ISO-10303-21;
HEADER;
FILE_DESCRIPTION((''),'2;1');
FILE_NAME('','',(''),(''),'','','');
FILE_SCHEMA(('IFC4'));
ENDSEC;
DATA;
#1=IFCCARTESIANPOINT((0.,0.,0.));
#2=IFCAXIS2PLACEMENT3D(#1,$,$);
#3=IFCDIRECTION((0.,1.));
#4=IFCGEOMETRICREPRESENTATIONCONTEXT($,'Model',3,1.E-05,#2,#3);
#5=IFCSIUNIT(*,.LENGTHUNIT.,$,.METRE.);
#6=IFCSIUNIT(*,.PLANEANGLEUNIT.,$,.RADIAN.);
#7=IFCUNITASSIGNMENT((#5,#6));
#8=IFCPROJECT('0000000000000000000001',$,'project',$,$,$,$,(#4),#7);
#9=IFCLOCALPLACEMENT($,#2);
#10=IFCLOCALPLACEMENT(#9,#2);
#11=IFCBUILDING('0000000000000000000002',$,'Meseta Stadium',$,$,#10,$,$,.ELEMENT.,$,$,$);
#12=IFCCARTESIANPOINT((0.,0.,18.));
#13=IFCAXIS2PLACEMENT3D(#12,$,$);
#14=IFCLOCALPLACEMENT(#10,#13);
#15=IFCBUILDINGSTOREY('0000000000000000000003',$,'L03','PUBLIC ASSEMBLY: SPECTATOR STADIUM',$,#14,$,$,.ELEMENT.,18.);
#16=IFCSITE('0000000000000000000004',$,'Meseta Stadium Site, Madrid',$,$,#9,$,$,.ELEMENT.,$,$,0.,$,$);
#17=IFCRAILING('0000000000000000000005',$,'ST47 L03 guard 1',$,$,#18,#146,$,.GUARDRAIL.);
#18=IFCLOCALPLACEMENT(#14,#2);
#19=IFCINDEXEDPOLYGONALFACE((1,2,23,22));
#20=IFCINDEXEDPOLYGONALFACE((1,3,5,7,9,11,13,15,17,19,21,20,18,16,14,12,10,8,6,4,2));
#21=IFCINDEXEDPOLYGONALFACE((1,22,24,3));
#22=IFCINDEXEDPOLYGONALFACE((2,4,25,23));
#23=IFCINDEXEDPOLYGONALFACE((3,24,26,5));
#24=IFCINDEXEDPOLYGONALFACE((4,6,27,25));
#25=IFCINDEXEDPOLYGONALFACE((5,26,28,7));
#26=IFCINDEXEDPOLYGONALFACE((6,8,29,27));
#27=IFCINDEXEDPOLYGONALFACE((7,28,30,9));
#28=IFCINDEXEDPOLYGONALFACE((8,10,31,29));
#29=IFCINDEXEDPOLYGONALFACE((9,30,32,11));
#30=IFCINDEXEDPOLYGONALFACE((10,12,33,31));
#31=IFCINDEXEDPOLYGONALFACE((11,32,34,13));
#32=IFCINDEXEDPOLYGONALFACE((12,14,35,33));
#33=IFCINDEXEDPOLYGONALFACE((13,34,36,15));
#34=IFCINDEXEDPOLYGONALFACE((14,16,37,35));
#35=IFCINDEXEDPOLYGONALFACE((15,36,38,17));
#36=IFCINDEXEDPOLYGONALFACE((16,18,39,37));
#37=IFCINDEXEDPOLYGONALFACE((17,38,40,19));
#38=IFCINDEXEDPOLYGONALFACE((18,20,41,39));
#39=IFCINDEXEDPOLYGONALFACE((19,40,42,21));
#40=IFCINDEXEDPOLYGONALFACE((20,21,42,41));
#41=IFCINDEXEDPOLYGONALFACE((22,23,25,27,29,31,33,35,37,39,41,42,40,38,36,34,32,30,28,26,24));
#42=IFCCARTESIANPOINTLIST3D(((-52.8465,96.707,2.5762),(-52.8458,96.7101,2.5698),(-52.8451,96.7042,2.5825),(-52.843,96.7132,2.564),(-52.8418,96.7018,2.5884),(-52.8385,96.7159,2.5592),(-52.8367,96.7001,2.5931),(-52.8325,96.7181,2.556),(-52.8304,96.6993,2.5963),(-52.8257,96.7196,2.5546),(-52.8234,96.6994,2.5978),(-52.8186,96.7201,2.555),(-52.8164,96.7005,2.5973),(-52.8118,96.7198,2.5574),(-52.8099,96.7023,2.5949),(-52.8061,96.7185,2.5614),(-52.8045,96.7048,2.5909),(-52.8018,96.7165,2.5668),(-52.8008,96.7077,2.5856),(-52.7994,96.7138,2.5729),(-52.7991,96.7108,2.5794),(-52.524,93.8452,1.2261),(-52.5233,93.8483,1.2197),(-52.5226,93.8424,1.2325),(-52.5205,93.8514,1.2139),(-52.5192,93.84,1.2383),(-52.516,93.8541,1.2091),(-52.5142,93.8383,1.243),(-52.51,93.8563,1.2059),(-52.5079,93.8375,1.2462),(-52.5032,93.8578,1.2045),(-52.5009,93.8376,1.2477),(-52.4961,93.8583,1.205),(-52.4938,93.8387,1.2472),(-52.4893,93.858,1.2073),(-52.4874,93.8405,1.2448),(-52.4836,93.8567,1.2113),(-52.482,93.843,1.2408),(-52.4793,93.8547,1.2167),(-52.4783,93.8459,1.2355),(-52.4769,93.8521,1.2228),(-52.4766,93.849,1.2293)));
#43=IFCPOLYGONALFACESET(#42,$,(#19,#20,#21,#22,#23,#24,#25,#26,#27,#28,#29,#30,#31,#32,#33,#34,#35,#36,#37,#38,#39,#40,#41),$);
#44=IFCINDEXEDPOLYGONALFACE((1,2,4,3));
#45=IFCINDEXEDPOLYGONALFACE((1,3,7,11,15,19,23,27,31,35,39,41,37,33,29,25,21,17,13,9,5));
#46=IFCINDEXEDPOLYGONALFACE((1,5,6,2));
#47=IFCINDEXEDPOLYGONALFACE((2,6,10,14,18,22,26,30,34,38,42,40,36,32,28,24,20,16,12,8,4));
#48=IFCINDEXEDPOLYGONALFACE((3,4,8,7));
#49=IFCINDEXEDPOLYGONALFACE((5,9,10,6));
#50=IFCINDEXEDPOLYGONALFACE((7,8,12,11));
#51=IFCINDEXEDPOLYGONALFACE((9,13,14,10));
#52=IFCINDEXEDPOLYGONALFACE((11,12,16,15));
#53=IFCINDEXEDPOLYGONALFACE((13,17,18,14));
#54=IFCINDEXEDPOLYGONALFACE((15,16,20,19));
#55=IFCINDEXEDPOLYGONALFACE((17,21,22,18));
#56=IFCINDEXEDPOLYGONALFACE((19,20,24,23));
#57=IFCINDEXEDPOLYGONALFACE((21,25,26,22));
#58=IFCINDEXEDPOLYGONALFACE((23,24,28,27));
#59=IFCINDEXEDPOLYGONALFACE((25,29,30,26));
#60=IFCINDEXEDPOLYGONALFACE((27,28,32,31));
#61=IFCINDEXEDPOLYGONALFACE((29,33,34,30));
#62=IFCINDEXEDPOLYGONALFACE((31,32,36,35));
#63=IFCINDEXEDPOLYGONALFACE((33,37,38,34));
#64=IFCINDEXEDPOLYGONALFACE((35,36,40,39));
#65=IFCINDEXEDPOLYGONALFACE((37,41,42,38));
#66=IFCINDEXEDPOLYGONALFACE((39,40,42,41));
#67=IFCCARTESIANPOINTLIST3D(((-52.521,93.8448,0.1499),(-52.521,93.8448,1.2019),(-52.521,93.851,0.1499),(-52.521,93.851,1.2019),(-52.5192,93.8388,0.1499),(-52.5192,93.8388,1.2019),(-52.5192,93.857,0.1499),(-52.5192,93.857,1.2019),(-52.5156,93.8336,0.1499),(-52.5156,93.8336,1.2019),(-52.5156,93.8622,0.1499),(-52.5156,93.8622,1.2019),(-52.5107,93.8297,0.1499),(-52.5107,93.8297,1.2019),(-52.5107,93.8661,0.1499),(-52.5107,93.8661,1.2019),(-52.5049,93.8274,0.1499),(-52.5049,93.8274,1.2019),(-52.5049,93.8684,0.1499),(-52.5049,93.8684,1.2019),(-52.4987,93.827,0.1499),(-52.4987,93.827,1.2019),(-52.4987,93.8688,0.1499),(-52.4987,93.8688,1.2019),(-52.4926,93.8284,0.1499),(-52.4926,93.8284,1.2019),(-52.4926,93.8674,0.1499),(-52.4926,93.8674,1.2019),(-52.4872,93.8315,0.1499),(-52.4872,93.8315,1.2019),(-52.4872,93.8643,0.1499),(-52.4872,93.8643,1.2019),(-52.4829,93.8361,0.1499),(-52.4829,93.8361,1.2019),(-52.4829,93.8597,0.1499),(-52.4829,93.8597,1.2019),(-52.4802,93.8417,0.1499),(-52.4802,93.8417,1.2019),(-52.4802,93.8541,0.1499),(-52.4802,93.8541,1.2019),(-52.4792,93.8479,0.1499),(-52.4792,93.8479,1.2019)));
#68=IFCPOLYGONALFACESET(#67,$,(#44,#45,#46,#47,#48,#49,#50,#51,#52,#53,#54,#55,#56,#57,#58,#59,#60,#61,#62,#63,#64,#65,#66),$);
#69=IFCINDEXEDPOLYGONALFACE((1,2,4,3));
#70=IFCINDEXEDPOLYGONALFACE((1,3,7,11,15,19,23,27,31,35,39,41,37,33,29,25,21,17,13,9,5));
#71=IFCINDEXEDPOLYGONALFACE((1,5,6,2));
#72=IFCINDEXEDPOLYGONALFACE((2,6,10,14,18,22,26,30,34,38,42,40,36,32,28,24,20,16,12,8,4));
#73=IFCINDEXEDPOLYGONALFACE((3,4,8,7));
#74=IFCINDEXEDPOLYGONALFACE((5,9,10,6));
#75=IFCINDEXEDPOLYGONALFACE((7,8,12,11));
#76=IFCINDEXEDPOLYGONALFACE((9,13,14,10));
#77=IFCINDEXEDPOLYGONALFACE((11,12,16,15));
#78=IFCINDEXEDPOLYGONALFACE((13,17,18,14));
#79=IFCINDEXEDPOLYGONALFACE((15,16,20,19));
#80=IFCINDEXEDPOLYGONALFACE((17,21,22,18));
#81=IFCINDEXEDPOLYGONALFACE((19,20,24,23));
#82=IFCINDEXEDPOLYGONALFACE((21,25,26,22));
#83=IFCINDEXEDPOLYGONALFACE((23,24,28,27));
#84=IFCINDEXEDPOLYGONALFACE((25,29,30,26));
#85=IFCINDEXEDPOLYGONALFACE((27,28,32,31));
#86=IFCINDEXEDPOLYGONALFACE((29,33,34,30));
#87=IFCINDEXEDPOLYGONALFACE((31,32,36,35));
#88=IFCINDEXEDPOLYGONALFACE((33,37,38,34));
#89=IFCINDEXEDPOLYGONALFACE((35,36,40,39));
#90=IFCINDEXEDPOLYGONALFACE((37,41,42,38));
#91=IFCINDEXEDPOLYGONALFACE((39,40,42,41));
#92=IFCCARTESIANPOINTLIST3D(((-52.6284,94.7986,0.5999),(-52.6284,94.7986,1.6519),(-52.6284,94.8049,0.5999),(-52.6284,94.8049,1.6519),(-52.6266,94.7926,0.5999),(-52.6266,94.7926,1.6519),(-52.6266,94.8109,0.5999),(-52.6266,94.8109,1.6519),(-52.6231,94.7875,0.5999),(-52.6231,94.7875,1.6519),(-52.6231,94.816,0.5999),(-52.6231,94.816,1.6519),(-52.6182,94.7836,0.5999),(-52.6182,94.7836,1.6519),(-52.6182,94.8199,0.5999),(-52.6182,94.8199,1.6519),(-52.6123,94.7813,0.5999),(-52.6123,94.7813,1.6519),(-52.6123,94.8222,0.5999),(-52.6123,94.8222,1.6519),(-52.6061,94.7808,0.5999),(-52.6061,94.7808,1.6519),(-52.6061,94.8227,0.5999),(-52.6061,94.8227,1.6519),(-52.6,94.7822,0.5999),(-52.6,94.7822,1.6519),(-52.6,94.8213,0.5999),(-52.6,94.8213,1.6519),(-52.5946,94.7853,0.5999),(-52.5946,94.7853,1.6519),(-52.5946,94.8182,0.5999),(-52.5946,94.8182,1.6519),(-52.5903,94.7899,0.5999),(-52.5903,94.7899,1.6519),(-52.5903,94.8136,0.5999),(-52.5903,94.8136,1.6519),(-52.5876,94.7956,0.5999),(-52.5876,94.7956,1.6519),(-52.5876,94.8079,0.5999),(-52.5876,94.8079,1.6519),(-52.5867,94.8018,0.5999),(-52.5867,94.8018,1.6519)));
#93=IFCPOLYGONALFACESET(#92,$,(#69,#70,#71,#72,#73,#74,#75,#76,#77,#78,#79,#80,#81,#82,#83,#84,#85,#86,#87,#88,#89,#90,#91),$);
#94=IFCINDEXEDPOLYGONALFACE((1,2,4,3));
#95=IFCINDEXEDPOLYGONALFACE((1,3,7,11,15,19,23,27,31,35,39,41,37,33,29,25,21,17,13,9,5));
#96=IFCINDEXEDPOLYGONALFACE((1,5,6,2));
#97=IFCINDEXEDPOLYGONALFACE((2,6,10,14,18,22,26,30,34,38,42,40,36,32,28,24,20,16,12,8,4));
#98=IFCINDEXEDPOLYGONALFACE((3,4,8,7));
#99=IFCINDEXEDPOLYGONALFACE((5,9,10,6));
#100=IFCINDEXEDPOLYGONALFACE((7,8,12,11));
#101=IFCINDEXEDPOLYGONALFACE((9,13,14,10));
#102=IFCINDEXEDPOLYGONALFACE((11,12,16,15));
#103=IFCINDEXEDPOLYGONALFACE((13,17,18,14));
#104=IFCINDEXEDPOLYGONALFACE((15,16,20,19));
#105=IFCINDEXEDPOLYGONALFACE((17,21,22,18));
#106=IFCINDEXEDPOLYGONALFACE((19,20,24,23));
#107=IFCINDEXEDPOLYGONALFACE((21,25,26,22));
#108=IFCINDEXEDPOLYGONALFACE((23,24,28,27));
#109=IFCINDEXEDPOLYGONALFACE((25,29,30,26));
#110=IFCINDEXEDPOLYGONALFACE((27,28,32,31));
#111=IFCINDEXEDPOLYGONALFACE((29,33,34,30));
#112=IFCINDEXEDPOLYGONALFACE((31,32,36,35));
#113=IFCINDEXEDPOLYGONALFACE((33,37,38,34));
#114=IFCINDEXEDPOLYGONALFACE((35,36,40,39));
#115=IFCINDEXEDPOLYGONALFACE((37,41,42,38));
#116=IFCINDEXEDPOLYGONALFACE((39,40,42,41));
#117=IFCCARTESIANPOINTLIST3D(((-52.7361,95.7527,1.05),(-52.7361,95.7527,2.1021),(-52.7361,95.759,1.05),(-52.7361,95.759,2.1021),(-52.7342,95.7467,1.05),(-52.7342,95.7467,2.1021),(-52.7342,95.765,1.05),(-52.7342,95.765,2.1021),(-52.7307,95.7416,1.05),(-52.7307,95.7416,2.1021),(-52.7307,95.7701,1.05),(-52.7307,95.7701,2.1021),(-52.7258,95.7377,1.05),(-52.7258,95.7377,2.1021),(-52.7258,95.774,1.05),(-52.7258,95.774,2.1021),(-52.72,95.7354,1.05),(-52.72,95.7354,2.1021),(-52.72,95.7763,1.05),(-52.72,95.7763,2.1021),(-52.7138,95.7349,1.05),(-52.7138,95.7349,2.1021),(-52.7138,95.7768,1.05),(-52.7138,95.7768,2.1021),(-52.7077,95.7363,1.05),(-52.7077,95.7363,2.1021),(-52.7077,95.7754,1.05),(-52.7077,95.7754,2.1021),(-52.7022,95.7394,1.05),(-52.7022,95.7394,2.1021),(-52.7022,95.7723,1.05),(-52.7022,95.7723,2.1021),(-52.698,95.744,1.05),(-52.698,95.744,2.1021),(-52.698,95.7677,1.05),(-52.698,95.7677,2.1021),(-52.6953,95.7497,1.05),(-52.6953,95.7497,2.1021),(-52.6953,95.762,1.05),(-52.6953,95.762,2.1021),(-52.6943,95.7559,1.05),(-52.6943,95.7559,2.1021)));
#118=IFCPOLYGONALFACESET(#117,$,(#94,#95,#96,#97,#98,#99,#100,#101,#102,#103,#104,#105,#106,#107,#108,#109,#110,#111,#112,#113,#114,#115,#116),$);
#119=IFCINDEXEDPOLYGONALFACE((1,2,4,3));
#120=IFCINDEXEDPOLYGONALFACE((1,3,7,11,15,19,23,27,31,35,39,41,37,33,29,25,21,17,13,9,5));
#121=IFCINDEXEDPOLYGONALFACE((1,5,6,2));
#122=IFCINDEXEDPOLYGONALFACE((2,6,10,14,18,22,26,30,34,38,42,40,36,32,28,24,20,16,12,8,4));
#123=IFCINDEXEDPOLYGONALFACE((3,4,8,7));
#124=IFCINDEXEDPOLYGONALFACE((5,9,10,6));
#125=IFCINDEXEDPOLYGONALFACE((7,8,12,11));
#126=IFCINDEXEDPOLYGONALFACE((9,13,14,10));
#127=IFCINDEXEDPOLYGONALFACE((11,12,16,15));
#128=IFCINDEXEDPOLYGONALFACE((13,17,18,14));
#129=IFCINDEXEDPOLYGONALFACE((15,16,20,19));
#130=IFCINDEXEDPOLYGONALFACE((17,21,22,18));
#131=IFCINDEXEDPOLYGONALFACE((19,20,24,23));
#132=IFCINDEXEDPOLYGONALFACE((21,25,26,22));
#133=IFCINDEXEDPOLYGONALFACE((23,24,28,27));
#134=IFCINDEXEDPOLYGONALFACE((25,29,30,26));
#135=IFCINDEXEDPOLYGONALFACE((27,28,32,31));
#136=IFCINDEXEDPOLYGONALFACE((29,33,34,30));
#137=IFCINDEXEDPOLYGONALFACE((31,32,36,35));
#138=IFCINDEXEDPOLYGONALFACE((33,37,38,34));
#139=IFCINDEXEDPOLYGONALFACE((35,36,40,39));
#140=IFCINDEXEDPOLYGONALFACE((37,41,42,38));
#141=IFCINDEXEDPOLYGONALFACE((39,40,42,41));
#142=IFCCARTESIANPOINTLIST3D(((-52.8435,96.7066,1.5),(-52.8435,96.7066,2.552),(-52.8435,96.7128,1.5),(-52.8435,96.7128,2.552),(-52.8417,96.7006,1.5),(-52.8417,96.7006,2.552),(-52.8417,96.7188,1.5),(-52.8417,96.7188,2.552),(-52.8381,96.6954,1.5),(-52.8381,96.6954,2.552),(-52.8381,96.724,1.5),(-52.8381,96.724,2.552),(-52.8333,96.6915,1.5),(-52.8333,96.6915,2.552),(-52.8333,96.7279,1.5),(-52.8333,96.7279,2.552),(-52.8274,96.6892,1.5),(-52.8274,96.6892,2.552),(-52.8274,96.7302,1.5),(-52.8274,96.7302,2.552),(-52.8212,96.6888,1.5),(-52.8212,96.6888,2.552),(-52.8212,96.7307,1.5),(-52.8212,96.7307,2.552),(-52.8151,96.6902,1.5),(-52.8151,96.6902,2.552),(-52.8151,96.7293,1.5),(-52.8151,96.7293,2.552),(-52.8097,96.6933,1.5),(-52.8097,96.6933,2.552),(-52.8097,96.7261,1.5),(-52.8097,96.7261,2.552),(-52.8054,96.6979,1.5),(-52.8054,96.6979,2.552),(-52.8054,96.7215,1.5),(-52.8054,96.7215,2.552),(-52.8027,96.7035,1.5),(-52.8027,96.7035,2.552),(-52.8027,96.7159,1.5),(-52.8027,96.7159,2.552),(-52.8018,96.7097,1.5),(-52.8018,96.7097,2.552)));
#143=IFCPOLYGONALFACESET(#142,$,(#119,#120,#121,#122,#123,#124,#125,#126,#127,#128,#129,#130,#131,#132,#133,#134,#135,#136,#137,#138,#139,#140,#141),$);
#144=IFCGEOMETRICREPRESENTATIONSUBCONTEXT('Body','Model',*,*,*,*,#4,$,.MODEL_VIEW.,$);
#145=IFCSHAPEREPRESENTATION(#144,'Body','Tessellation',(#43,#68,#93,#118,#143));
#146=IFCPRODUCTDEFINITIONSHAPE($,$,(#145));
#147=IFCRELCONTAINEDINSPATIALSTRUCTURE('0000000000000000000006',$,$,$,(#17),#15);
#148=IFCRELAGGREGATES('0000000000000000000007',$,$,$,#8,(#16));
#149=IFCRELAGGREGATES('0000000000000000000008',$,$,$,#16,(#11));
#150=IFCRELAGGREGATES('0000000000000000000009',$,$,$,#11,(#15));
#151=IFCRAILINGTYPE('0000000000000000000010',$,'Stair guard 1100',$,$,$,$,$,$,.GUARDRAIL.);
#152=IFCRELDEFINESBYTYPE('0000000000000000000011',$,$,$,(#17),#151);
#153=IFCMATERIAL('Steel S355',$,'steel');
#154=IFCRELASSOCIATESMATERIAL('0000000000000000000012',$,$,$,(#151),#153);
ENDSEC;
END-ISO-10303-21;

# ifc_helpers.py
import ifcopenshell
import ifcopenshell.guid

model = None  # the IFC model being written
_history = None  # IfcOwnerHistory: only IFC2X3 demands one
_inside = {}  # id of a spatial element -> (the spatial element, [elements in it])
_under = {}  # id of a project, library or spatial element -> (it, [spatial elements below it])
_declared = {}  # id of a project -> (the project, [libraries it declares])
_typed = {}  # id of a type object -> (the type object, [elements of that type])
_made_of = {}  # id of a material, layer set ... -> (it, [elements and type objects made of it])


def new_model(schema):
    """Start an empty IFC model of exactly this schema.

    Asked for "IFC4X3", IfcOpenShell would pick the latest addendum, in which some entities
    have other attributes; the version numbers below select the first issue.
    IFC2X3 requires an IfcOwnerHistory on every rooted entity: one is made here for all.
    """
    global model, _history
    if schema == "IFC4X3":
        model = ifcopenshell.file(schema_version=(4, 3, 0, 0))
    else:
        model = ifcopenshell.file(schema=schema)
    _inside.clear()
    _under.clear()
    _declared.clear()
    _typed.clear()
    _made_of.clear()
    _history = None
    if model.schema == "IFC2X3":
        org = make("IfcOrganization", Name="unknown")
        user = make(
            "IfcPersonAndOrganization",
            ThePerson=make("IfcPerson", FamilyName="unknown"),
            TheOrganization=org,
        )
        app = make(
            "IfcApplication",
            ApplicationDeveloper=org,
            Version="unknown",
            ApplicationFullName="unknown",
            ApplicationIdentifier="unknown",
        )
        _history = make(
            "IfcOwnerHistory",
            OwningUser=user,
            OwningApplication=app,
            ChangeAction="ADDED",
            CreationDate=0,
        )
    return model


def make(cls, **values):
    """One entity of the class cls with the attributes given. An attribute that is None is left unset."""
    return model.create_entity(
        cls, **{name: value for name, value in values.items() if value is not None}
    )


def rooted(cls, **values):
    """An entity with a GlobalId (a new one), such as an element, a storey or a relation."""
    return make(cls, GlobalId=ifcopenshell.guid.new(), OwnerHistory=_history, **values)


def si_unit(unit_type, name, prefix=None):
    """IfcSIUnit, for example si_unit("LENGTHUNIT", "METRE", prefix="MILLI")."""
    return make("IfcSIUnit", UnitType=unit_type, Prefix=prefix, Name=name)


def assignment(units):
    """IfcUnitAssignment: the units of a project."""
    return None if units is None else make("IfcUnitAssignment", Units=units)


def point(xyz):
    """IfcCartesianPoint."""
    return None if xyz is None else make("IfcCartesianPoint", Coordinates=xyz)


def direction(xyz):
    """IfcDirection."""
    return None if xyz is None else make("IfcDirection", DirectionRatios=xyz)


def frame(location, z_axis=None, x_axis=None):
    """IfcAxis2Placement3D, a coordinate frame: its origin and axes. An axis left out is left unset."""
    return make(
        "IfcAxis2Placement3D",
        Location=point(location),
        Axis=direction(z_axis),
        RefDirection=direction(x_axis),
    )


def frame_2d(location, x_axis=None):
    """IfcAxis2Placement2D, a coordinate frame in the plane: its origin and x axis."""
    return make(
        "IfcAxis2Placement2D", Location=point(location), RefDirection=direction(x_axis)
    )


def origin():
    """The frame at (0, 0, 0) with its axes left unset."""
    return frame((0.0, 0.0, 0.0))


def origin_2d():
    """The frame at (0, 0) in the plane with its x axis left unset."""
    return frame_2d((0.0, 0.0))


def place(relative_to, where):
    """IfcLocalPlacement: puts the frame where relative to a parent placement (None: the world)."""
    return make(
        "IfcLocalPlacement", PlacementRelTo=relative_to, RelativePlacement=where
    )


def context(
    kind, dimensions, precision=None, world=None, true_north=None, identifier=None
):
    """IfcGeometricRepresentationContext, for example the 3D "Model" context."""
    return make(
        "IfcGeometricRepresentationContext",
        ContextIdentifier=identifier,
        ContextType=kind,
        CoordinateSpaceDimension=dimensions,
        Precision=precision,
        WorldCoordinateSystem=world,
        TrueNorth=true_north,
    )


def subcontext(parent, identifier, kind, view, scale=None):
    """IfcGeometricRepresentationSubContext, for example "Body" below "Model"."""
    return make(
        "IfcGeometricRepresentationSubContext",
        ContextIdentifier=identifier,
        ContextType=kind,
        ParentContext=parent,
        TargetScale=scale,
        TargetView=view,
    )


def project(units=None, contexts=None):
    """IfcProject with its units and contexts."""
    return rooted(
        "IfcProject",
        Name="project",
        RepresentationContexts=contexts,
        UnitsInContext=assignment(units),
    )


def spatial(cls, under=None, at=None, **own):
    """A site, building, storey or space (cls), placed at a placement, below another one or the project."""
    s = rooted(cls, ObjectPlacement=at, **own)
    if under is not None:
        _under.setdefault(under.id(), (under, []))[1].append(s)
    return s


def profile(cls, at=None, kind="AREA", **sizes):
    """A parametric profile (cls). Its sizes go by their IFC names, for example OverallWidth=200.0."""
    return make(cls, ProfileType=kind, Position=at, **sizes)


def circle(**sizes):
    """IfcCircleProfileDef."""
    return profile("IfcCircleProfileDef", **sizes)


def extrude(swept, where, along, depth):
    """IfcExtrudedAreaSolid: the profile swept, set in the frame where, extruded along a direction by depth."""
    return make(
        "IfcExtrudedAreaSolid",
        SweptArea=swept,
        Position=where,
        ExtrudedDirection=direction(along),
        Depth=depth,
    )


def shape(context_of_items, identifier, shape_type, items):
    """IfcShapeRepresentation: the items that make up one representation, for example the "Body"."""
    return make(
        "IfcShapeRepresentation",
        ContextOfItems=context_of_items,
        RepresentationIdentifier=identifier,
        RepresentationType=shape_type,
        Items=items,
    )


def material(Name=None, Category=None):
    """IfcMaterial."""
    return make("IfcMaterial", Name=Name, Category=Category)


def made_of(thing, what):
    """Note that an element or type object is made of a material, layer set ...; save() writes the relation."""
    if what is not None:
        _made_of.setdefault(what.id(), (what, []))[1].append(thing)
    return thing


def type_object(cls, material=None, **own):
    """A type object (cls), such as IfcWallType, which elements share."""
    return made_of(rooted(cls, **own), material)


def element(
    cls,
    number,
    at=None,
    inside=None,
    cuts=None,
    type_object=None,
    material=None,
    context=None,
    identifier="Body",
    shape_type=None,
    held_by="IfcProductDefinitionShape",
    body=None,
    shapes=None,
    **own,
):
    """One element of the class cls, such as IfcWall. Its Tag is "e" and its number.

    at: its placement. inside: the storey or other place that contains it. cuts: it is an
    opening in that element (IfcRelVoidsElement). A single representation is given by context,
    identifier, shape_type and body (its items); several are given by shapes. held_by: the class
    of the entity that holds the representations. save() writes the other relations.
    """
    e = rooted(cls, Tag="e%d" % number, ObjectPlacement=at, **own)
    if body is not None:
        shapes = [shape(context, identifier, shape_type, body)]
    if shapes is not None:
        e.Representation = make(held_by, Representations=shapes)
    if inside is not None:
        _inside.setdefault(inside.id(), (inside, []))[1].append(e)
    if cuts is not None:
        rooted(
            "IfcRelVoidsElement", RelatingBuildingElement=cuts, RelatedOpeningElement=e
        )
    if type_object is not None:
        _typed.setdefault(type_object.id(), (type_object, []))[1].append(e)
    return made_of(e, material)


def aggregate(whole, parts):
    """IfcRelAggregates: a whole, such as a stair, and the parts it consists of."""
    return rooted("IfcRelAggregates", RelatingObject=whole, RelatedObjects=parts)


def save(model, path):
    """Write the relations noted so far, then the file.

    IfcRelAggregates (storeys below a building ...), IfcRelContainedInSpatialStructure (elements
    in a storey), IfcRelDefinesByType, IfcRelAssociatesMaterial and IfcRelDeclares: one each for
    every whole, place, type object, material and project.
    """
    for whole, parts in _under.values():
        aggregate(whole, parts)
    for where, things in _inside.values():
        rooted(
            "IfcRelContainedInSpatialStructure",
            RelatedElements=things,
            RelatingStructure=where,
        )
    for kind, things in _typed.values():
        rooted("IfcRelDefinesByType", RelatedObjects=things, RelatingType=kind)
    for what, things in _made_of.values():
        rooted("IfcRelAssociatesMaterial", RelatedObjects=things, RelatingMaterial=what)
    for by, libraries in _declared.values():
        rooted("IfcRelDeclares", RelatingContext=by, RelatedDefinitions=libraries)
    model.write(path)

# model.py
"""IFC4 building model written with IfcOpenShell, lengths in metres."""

from ifc_helpers import new_model, si_unit, direction, frame, origin, origin_2d, place, context, subcontext, project, spatial, circle, extrude, material, type_object, element, save


model = new_model("IFC4")

# Units and contexts
model_context = context("Model", 3, precision=1e-05, world=origin(), true_north=direction((0.0, 1.0)))
body_context = subcontext(model_context, "Body", "Model", "MODEL_VIEW")
ifc_project = project(units=[si_unit("LENGTHUNIT", "METRE"), si_unit("PLANEANGLEUNIT", "RADIAN")], contexts=[model_context])

# Site, building, storey
site_placement = place(None, origin())
site = spatial("IfcSite", under=ifc_project, at=site_placement, Name="Meseta Stadium Site, Madrid", CompositionType="ELEMENT", RefElevation=0.0)
building_placement = place(site_placement, origin())
building = spatial("IfcBuilding", under=site, at=building_placement, Name="Meseta Stadium", CompositionType="ELEMENT")
storey_placement = place(building_placement, frame((0.0, 0.0, 18.0)))
storey = spatial("IfcBuildingStorey", under=building, at=storey_placement, Name="L03", Description="PUBLIC ASSEMBLY: SPECTATOR STADIUM", CompositionType="ELEMENT", Elevation=18.0)

# Railing
ifc_material_1 = material(Name="Steel S355", Category="steel")
railing_type_1 = type_object("IfcRailingType", Name="Stair guard 1100", PredefinedType="GUARDRAIL", material=ifc_material_1)
railing_1_placement = place(storey_placement, frame((-52.5002, 93.8479, 0.1499)))
element("IfcRailing", 1, at=railing_1_placement, inside=storey, type_object=railing_type_1, Name="ST47 L03 guard 1", PredefinedType="GUARDRAIL", context=body_context, shape_type="SweptSolid", body=[
    extrude(circle(Radius=0.0239, at=origin_2d()), frame((0.0, 0.0, 1.0762), z_axis=(-0.101396, 0.899748, 0.424467), x_axis=(-0.99371, -0.111985, 0.0)), (0.0, 0.0, 1.0), 3.1807),
    extrude(circle(Radius=0.021, at=origin_2d()), origin(), (0.0, 0.0, 1.0), 1.052),
    extrude(circle(Radius=0.021, at=origin_2d()), frame((-0.1074, 0.9539, 0.45)), (0.0, 0.0, 1.0), 1.052),
    extrude(circle(Radius=0.021, at=origin_2d()), frame((-0.2151, 1.908, 0.9001)), (0.0, 0.0, 1.0), 1.052),
    extrude(circle(Radius=0.021, at=origin_2d()), frame((-0.3225, 2.8618, 1.3501)), (0.0, 0.0, 1.0), 1.052),
])

save(model, "model.ifc")
